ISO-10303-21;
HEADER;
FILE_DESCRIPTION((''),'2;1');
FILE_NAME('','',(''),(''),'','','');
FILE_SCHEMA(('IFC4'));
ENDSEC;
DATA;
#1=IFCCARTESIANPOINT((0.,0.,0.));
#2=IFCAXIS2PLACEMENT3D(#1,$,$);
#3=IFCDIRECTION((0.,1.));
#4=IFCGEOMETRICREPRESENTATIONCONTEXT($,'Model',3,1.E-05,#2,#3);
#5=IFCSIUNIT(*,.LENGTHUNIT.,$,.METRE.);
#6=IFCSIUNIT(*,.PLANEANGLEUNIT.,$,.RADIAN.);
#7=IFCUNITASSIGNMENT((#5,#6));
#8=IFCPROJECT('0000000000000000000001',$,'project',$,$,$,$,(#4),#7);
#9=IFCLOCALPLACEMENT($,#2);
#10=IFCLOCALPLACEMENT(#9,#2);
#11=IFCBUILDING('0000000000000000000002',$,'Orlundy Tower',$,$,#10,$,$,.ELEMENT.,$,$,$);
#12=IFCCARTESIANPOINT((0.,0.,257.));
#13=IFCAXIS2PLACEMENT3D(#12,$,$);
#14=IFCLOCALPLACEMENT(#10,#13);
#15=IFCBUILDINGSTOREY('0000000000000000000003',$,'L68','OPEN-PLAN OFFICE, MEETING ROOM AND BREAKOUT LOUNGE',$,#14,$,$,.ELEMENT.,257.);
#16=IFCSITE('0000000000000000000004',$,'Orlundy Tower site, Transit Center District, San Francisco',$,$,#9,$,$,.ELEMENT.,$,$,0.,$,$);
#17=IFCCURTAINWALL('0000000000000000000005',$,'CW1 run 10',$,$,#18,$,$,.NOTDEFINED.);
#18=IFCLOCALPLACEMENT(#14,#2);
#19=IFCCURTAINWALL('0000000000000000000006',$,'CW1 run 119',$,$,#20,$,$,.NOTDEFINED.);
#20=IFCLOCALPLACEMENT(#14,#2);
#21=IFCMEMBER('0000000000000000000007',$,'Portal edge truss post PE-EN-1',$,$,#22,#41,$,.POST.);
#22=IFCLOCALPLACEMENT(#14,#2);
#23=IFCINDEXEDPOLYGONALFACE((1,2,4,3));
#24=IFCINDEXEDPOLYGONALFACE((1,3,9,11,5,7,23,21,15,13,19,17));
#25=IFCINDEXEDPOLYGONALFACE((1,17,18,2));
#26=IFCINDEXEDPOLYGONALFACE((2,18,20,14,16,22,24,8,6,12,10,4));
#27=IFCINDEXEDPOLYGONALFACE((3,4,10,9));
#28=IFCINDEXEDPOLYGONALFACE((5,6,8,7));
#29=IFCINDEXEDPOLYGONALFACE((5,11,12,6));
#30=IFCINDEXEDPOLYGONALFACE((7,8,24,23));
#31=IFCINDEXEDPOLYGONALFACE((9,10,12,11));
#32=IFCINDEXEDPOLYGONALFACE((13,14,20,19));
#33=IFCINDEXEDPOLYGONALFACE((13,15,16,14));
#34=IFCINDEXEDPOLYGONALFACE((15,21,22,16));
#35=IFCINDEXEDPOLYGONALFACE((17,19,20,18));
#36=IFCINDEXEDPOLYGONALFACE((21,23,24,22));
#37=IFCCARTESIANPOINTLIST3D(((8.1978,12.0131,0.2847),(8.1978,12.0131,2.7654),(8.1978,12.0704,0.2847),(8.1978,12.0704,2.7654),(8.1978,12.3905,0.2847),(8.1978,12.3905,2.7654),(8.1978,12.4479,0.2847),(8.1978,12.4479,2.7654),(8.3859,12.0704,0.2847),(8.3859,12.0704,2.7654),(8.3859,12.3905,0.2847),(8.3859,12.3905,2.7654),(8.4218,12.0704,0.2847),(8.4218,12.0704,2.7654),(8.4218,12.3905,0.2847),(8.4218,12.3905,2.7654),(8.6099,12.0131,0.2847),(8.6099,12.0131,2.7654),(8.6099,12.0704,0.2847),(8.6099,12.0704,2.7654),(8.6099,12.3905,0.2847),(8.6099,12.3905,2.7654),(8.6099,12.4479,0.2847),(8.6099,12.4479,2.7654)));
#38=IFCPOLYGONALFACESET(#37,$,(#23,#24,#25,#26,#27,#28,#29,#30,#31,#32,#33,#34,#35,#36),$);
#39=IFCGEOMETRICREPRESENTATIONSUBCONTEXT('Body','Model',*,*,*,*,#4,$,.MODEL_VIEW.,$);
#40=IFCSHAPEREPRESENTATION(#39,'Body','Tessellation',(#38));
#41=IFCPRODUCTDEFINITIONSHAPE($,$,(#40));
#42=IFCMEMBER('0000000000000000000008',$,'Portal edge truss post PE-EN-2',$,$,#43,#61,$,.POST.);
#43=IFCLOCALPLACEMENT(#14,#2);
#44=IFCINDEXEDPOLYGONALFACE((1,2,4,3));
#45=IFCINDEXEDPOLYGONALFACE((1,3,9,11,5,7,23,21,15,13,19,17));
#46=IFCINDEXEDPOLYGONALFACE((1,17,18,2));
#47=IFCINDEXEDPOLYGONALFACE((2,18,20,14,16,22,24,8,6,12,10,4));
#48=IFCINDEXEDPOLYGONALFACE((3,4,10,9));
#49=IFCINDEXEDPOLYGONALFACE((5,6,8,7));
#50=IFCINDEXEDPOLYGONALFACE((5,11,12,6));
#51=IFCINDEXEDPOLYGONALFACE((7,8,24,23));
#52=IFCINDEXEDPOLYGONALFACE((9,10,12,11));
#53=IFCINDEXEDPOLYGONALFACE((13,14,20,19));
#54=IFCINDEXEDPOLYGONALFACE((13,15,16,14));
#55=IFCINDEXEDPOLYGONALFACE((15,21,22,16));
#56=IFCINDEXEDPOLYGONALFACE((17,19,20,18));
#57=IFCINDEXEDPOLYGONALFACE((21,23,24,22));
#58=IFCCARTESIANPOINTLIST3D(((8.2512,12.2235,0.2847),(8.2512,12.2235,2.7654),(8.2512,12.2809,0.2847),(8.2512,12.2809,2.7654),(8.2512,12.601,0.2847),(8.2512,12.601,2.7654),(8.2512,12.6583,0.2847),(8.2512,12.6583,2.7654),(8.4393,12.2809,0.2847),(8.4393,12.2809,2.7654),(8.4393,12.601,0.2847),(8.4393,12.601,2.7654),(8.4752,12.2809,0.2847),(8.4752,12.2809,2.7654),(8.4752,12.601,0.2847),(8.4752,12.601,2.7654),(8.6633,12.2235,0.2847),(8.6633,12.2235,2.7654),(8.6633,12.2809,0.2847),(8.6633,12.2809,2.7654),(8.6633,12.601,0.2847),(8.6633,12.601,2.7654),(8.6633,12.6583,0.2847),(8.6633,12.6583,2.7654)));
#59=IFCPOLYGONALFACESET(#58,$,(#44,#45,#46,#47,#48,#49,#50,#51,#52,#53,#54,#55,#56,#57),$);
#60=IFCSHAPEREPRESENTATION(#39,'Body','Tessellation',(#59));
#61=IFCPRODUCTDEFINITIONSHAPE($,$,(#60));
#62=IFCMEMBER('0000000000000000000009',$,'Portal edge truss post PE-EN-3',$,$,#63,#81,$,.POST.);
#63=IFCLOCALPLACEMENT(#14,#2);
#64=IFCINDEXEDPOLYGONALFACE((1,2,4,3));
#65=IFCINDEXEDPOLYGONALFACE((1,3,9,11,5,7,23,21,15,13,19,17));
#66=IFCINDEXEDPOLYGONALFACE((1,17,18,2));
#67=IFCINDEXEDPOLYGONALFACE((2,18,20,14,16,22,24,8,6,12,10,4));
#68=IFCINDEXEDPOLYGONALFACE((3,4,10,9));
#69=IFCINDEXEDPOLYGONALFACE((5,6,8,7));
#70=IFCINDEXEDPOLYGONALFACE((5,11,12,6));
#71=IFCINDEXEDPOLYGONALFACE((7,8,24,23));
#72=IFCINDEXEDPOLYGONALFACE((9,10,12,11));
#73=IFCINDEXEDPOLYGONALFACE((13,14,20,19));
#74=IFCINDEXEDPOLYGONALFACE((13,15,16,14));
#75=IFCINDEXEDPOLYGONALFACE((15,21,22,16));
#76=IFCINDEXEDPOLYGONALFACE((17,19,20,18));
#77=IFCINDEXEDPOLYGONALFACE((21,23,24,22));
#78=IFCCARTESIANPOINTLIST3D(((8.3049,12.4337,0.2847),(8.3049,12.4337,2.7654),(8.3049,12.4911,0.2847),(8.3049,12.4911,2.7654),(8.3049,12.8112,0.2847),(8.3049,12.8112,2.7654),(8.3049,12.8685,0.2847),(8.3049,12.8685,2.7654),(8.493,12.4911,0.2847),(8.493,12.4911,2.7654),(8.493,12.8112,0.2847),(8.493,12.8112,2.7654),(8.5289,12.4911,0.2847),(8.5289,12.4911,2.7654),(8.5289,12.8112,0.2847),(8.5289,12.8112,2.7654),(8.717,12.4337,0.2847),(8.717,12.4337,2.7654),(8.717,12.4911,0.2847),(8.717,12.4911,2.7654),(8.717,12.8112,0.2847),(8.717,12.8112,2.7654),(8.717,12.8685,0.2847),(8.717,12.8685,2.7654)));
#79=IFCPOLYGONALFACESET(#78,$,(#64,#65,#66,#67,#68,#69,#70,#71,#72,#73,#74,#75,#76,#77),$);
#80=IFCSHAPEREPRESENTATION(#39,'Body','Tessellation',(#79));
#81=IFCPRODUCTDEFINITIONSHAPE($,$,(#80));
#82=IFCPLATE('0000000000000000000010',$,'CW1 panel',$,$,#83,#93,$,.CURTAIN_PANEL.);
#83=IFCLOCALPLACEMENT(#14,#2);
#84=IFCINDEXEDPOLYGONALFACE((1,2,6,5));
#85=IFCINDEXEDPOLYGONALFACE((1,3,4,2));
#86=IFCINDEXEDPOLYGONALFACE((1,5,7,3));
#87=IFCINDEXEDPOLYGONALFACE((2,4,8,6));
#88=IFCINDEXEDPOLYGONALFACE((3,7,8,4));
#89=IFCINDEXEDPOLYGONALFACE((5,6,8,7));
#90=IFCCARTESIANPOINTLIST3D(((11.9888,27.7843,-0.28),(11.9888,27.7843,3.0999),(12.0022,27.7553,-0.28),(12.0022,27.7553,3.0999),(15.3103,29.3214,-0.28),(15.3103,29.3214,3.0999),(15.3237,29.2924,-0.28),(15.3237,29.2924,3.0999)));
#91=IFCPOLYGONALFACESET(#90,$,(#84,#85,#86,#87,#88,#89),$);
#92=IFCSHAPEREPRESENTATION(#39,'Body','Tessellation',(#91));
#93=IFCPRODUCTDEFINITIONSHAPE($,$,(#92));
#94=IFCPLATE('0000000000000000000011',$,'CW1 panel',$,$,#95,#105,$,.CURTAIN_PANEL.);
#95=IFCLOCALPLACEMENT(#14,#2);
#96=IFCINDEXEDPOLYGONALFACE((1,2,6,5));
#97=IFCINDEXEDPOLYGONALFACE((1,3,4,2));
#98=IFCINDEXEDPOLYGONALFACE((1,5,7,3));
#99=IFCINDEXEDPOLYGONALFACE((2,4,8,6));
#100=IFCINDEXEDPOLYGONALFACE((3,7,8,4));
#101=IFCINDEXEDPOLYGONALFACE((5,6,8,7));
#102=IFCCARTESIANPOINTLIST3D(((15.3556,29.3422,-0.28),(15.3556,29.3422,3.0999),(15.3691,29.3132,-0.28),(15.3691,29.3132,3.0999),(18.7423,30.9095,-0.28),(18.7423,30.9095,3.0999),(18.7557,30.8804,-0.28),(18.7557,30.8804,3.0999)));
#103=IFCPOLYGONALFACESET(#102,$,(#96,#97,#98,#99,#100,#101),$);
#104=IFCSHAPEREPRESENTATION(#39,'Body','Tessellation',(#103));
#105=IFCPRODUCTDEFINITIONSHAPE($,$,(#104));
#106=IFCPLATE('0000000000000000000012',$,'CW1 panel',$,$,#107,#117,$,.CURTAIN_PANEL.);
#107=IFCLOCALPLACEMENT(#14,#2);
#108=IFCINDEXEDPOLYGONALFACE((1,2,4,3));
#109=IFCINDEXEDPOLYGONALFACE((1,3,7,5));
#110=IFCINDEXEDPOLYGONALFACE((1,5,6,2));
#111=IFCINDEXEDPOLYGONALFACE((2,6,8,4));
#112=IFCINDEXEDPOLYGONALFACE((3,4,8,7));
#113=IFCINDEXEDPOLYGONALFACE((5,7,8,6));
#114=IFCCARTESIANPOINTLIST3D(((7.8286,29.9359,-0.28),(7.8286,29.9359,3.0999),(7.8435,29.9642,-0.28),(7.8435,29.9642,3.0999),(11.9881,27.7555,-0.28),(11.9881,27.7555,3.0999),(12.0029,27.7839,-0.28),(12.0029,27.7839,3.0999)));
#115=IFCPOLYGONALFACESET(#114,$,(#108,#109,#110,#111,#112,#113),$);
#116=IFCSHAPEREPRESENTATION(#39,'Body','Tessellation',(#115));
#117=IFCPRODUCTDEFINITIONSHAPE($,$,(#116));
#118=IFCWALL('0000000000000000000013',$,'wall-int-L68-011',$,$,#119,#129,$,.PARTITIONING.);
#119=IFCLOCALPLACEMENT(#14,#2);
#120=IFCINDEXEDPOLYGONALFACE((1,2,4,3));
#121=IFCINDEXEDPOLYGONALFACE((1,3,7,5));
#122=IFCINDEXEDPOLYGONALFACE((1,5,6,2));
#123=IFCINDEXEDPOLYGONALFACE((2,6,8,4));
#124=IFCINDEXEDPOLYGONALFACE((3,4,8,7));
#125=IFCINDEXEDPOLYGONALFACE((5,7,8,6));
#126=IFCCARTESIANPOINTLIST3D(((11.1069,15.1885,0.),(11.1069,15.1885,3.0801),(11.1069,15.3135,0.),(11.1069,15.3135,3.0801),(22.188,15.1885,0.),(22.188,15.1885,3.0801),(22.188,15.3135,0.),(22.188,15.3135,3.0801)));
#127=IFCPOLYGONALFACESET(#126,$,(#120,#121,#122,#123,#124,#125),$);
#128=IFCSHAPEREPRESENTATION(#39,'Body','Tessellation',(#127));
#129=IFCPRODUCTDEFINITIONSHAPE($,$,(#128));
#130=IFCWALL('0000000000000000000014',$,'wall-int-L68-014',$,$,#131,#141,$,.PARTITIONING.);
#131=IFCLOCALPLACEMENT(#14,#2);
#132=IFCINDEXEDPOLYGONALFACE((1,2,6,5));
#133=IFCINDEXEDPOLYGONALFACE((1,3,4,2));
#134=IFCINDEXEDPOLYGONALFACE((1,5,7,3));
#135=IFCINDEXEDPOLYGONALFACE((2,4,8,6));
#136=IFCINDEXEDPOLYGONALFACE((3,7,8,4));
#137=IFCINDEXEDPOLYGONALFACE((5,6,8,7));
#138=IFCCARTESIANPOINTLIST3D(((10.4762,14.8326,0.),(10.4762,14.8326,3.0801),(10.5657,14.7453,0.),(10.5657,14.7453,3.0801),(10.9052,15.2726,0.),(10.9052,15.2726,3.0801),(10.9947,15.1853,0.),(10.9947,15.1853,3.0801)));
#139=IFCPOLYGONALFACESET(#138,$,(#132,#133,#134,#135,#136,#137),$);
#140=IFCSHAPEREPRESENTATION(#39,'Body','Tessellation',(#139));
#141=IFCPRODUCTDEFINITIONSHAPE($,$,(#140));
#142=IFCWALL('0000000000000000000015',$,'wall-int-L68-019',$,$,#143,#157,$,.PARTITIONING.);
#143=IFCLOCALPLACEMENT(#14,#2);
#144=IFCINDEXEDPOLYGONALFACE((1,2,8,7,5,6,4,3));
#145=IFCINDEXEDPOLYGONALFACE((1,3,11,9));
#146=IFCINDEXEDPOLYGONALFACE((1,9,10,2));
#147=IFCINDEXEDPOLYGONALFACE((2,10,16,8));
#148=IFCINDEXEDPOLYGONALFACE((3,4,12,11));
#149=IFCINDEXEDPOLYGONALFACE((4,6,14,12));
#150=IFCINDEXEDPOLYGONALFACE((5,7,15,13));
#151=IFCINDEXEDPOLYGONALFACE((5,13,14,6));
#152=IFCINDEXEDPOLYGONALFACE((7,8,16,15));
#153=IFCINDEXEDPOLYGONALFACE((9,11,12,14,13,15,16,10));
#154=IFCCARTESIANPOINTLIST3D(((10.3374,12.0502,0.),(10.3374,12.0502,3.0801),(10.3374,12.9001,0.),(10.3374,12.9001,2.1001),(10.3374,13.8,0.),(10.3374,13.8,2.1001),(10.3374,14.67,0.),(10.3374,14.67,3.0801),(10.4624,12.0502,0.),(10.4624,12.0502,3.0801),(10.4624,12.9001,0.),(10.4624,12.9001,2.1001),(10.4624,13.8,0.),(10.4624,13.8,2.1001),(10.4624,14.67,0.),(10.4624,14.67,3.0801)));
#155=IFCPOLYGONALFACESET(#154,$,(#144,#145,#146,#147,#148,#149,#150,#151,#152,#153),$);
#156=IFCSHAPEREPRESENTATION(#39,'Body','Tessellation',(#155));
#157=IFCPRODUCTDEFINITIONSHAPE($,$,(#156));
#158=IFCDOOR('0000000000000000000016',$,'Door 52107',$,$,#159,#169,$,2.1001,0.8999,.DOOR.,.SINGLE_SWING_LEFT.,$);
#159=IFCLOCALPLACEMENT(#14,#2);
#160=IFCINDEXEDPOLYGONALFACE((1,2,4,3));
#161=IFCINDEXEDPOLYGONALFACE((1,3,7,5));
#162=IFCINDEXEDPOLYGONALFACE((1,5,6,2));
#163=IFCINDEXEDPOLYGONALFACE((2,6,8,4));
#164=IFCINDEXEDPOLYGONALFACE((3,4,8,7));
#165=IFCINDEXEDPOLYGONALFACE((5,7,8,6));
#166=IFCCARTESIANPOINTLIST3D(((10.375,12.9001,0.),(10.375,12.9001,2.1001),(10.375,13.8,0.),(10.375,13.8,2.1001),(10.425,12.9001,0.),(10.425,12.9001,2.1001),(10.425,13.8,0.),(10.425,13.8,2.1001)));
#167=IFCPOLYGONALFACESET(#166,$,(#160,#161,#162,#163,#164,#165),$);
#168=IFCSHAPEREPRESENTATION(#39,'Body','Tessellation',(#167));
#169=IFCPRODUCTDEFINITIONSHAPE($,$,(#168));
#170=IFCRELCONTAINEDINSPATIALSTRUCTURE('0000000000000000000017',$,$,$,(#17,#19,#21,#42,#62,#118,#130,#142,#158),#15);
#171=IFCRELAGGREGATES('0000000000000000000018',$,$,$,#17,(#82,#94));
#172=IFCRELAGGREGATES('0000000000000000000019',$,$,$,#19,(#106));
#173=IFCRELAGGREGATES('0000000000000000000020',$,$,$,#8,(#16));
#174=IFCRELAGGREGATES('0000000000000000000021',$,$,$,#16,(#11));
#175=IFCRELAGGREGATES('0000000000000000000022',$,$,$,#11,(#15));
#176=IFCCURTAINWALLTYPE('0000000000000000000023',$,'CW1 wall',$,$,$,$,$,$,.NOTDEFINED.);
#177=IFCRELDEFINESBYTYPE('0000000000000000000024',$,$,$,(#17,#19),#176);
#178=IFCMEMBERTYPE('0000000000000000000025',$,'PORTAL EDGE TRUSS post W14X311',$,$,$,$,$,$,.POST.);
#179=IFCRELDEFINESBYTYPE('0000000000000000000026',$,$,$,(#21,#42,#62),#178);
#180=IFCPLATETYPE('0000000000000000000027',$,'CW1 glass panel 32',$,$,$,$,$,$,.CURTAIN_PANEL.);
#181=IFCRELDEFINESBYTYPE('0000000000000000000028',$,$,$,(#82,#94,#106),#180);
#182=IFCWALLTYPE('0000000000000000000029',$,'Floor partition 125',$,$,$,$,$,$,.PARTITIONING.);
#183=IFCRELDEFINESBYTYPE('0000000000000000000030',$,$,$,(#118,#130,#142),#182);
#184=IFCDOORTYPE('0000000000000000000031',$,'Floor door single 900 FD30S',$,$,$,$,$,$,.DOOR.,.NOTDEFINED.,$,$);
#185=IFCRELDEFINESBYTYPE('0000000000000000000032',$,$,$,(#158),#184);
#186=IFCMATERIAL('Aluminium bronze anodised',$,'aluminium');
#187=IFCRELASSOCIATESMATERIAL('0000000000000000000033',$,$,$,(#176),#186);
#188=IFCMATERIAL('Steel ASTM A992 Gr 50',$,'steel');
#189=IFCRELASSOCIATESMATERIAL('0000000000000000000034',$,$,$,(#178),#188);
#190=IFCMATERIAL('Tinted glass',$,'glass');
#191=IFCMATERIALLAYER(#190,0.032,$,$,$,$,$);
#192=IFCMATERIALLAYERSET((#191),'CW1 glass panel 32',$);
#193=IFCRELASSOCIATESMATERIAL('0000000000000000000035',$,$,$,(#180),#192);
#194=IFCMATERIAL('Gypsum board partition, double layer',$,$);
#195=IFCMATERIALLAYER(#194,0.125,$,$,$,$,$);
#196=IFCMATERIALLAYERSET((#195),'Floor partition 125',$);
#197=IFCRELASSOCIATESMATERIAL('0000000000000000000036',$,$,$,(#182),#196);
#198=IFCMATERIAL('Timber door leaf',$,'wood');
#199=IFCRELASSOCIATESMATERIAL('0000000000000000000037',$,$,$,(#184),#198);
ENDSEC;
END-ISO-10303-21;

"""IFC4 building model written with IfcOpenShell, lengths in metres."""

from ifc_helpers import new_model, si_unit, direction, frame, frame_2d, origin, origin_2d, place, context, subcontext, project, spatial, rectangle, i_section, extrude, material, layer, layer_set, material_profile, profile_set, type_object, element, fill, aggregate, save


model = new_model("IFC4")

# Units and contexts
model_context = context("Model", 3, precision=1e-05, world=origin(), true_north=direction((0.0, 1.0)))
body_context = subcontext(model_context, "Body", "Model", "MODEL_VIEW")
ifc_project = project(units=[si_unit("LENGTHUNIT", "METRE"), si_unit("PLANEANGLEUNIT", "RADIAN")], contexts=[model_context])

# Site, building, storey
site_placement = place(None, origin())
site = spatial("IfcSite", under=ifc_project, at=site_placement, Name="Orlundy Tower site, Transit Center District, San Francisco", CompositionType="ELEMENT", RefElevation=0.0)
building_placement = place(site_placement, origin())
building = spatial("IfcBuilding", under=site, at=building_placement, Name="Orlundy Tower", CompositionType="ELEMENT")
storey_placement = place(building_placement, frame((0.0, 0.0, 257.0)))
storey = spatial("IfcBuildingStorey", under=building, at=storey_placement, Name="L68", Description="OPEN-PLAN OFFICE, MEETING ROOM AND BREAKOUT LOUNGE", CompositionType="ELEMENT", Elevation=257.0)

# Curtain walls
ifc_material_1 = material(Name="Aluminium bronze anodised", Category="aluminium")
curtain_wall_type = type_object("IfcCurtainWallType", Name="CW1 wall", PredefinedType="NOTDEFINED", material=ifc_material_1)
curtain_wall_1_placement = place(storey_placement, origin())
curtain_wall_1 = element("IfcCurtainWall", 1, at=curtain_wall_1_placement, inside=storey, type_object=curtain_wall_type, Name="CW1 run 10", PredefinedType="NOTDEFINED")
curtain_wall_2_placement = place(storey_placement, origin())
curtain_wall_2 = element("IfcCurtainWall", 2, at=curtain_wall_2_placement, inside=storey, type_object=curtain_wall_type, Name="CW1 run 119", PredefinedType="NOTDEFINED")

# Members
ifc_material_2 = material(Name="Steel ASTM A992 Gr 50", Category="steel")
ifc_material_profile_1 = material_profile(ifc_material_2, i_section(OverallWidth=0.4121, OverallDepth=0.4348, WebThickness=0.0359, FlangeThickness=0.0574, at=origin_2d()), Name="W14X311")
ifc_profile_set_1 = profile_set([ifc_material_profile_1], Name="Steel ASTM A992 Gr 50")
member_type_1 = type_object("IfcMemberType", Name="PORTAL EDGE TRUSS post W14X311", PredefinedType="POST", material=ifc_profile_set_1)
for number, where, z_axis, x_axis, name in (
    (3, (8.4038, 12.2305, 0.2847), (0.0, 0.0, 1.0), (1.0, 0.0, 0.0), "Portal edge truss post PE-EN-1"),
    (4, (8.4573, 12.4409, 0.2847), (0.0, 0.0, 1.0), (1.0, 0.0, 0.0), "Portal edge truss post PE-EN-2"),
    (5, (8.511, 12.6511, 0.2847), (0.0, 0.0, 1.0), (1.0, 0.0, 0.0), "Portal edge truss post PE-EN-3"),
):
    element("IfcMember", number, at=place(storey_placement, frame(where, z_axis=z_axis, x_axis=x_axis)), inside=storey, type_object=member_type_1, Name=name, PredefinedType="POST", context=body_context, shape_type="SweptSolid", body=[
        extrude(i_section(OverallWidth=0.4121, OverallDepth=0.4348, WebThickness=0.0359, FlangeThickness=0.0574, at=origin_2d()), origin(), (0.0, 0.0, 1.0), 2.4807),
    ])

# Plates
ifc_material_3 = material(Name="Tinted glass", Category="glass")
ifc_layer_1 = layer(ifc_material_3, 0.032)
ifc_layer_set_1 = layer_set([ifc_layer_1], Name="CW1 glass panel 32")
plate_type = type_object("IfcPlateType", Name="CW1 glass panel 32", PredefinedType="CURTAIN_PANEL", material=ifc_layer_set_1)
plate_1_placement = place(storey_placement, frame((13.6562, 28.5383, -0.28), z_axis=(0.0, 0.0, 1.0), x_axis=(0.907535, 0.419976, 0.0)))
plate_1 = element("IfcPlate", 6, at=plate_1_placement, type_object=plate_type, Name="CW1 panel", PredefinedType="CURTAIN_PANEL", context=body_context, shape_type="SweptSolid", body=[
    extrude(rectangle(XDim=3.6599, YDim=0.032, at=origin_2d()), origin(), (0.0, 0.0, 1.0), 3.3799),
])
plate_2_placement = place(storey_placement, frame((17.0557, 30.1113, -0.28), z_axis=(0.0, 0.0, 1.0), x_axis=(0.907535, 0.419976, 0.0)))
plate_2 = element("IfcPlate", 7, at=plate_2_placement, type_object=plate_type, Name="CW1 panel", PredefinedType="CURTAIN_PANEL", context=body_context, shape_type="SweptSolid", body=[
    extrude(rectangle(XDim=3.7317, YDim=0.032, at=origin_2d()), origin(), (0.0, 0.0, 1.0), 3.3799),
])
aggregate(curtain_wall_1, [plate_1, plate_2])
plate_3_placement = place(storey_placement, frame((9.9158, 28.8599, -0.28), z_axis=(0.0, 0.0, 1.0), x_axis=(0.885697, -0.464264, 0.0)))
plate_3 = element("IfcPlate", 8, at=plate_3_placement, type_object=plate_type, Name="CW1 panel", PredefinedType="CURTAIN_PANEL", context=body_context, shape_type="SweptSolid", body=[
    extrude(rectangle(XDim=4.6963, YDim=0.032, at=origin_2d()), origin(), (0.0, 0.0, 1.0), 3.3799),
])
aggregate(curtain_wall_2, [plate_3])

# Walls
ifc_material_4 = material(Name="Gypsum board partition, double layer")
ifc_layer_2 = layer(ifc_material_4, 0.125)
ifc_layer_set_2 = layer_set([ifc_layer_2], Name="Floor partition 125")
wall_type = type_object("IfcWallType", Name="Floor partition 125", PredefinedType="PARTITIONING", material=ifc_layer_set_2)
wall_1_placement = place(storey_placement, frame((11.1069, 15.251, 0.0), z_axis=(0.0, 0.0, 1.0), x_axis=(1.0, 0.0, 0.0)))
element("IfcWall", 9, at=wall_1_placement, inside=storey, type_object=wall_type, Name="wall-int-L68-011", PredefinedType="PARTITIONING", context=body_context, shape_type="SweptSolid", body=[
    extrude(rectangle(XDim=11.0811, YDim=0.125, at=frame_2d((5.5405, 0.0))), origin(), (0.0, 0.0, 1.0), 3.0801),
])
wall_2_placement = place(storey_placement, frame((10.521, 14.7891, 0.0), z_axis=(0.0, 0.0, 1.0), x_axis=(0.69811, 0.71599, 0.0)))
element("IfcWall", 10, at=wall_2_placement, inside=storey, type_object=wall_type, Name="wall-int-L68-014", PredefinedType="PARTITIONING", context=body_context, shape_type="SweptSolid", body=[
    extrude(rectangle(XDim=0.6145, YDim=0.125, at=frame_2d((0.3071, 0.0))), origin(), (0.0, 0.0, 1.0), 3.0801),
])

# Wall, opening, door
wall_3_placement = place(storey_placement, frame((10.3999, 12.05, 0.0), z_axis=(0.0, 0.0, 1.0), x_axis=(0.0, 1.0, 0.0)))
wall_3 = element("IfcWall", 11, at=wall_3_placement, inside=storey, type_object=wall_type, Name="wall-int-L68-019", PredefinedType="PARTITIONING", context=body_context, shape_type="SweptSolid", body=[
    extrude(rectangle(XDim=2.6199, YDim=0.125, at=frame_2d((1.3101, 0.0))), origin(), (0.0, 0.0, 1.0), 3.0801),
])
opening_placement = place(wall_3_placement, frame((0.8501, 0.0, 0.0)))
opening = element("IfcOpeningElement", 12, at=opening_placement, cuts=wall_3, PredefinedType="OPENING", context=body_context, shape_type="SweptSolid", body=[
    extrude(rectangle(XDim=0.8999, YDim=2.1001, at=frame_2d((0.45, 1.05))), frame((0.0, 0.0725, 0.0), z_axis=(0.0, -1.0, 0.0), x_axis=(1.0, 0.0, 0.0)), (0.0, 0.0, 1.0), 0.145),
])
ifc_material_5 = material(Name="Timber door leaf", Category="wood")
door_type = type_object("IfcDoorType", Name="Floor door single 900 FD30S", OperationType="NOTDEFINED", PredefinedType="DOOR", material=ifc_material_5)
door_placement = place(opening_placement, origin())
door = element("IfcDoor", 13, at=door_placement, inside=storey, type_object=door_type, Name="Door 52107", OperationType="SINGLE_SWING_LEFT", OverallHeight=2.1001, OverallWidth=0.8999, PredefinedType="DOOR", context=body_context, shape_type="SweptSolid", body=[
    extrude(rectangle(XDim=0.8999, YDim=2.1001, at=frame_2d((0.45, 1.05))), frame((0.0, 0.0249, 0.0), z_axis=(0.0, -1.0, 0.0), x_axis=(1.0, 0.0, 0.0)), (0.0, 0.0, 1.0), 0.05),
])
fill(opening, door)

save(model, "model.ifc")
